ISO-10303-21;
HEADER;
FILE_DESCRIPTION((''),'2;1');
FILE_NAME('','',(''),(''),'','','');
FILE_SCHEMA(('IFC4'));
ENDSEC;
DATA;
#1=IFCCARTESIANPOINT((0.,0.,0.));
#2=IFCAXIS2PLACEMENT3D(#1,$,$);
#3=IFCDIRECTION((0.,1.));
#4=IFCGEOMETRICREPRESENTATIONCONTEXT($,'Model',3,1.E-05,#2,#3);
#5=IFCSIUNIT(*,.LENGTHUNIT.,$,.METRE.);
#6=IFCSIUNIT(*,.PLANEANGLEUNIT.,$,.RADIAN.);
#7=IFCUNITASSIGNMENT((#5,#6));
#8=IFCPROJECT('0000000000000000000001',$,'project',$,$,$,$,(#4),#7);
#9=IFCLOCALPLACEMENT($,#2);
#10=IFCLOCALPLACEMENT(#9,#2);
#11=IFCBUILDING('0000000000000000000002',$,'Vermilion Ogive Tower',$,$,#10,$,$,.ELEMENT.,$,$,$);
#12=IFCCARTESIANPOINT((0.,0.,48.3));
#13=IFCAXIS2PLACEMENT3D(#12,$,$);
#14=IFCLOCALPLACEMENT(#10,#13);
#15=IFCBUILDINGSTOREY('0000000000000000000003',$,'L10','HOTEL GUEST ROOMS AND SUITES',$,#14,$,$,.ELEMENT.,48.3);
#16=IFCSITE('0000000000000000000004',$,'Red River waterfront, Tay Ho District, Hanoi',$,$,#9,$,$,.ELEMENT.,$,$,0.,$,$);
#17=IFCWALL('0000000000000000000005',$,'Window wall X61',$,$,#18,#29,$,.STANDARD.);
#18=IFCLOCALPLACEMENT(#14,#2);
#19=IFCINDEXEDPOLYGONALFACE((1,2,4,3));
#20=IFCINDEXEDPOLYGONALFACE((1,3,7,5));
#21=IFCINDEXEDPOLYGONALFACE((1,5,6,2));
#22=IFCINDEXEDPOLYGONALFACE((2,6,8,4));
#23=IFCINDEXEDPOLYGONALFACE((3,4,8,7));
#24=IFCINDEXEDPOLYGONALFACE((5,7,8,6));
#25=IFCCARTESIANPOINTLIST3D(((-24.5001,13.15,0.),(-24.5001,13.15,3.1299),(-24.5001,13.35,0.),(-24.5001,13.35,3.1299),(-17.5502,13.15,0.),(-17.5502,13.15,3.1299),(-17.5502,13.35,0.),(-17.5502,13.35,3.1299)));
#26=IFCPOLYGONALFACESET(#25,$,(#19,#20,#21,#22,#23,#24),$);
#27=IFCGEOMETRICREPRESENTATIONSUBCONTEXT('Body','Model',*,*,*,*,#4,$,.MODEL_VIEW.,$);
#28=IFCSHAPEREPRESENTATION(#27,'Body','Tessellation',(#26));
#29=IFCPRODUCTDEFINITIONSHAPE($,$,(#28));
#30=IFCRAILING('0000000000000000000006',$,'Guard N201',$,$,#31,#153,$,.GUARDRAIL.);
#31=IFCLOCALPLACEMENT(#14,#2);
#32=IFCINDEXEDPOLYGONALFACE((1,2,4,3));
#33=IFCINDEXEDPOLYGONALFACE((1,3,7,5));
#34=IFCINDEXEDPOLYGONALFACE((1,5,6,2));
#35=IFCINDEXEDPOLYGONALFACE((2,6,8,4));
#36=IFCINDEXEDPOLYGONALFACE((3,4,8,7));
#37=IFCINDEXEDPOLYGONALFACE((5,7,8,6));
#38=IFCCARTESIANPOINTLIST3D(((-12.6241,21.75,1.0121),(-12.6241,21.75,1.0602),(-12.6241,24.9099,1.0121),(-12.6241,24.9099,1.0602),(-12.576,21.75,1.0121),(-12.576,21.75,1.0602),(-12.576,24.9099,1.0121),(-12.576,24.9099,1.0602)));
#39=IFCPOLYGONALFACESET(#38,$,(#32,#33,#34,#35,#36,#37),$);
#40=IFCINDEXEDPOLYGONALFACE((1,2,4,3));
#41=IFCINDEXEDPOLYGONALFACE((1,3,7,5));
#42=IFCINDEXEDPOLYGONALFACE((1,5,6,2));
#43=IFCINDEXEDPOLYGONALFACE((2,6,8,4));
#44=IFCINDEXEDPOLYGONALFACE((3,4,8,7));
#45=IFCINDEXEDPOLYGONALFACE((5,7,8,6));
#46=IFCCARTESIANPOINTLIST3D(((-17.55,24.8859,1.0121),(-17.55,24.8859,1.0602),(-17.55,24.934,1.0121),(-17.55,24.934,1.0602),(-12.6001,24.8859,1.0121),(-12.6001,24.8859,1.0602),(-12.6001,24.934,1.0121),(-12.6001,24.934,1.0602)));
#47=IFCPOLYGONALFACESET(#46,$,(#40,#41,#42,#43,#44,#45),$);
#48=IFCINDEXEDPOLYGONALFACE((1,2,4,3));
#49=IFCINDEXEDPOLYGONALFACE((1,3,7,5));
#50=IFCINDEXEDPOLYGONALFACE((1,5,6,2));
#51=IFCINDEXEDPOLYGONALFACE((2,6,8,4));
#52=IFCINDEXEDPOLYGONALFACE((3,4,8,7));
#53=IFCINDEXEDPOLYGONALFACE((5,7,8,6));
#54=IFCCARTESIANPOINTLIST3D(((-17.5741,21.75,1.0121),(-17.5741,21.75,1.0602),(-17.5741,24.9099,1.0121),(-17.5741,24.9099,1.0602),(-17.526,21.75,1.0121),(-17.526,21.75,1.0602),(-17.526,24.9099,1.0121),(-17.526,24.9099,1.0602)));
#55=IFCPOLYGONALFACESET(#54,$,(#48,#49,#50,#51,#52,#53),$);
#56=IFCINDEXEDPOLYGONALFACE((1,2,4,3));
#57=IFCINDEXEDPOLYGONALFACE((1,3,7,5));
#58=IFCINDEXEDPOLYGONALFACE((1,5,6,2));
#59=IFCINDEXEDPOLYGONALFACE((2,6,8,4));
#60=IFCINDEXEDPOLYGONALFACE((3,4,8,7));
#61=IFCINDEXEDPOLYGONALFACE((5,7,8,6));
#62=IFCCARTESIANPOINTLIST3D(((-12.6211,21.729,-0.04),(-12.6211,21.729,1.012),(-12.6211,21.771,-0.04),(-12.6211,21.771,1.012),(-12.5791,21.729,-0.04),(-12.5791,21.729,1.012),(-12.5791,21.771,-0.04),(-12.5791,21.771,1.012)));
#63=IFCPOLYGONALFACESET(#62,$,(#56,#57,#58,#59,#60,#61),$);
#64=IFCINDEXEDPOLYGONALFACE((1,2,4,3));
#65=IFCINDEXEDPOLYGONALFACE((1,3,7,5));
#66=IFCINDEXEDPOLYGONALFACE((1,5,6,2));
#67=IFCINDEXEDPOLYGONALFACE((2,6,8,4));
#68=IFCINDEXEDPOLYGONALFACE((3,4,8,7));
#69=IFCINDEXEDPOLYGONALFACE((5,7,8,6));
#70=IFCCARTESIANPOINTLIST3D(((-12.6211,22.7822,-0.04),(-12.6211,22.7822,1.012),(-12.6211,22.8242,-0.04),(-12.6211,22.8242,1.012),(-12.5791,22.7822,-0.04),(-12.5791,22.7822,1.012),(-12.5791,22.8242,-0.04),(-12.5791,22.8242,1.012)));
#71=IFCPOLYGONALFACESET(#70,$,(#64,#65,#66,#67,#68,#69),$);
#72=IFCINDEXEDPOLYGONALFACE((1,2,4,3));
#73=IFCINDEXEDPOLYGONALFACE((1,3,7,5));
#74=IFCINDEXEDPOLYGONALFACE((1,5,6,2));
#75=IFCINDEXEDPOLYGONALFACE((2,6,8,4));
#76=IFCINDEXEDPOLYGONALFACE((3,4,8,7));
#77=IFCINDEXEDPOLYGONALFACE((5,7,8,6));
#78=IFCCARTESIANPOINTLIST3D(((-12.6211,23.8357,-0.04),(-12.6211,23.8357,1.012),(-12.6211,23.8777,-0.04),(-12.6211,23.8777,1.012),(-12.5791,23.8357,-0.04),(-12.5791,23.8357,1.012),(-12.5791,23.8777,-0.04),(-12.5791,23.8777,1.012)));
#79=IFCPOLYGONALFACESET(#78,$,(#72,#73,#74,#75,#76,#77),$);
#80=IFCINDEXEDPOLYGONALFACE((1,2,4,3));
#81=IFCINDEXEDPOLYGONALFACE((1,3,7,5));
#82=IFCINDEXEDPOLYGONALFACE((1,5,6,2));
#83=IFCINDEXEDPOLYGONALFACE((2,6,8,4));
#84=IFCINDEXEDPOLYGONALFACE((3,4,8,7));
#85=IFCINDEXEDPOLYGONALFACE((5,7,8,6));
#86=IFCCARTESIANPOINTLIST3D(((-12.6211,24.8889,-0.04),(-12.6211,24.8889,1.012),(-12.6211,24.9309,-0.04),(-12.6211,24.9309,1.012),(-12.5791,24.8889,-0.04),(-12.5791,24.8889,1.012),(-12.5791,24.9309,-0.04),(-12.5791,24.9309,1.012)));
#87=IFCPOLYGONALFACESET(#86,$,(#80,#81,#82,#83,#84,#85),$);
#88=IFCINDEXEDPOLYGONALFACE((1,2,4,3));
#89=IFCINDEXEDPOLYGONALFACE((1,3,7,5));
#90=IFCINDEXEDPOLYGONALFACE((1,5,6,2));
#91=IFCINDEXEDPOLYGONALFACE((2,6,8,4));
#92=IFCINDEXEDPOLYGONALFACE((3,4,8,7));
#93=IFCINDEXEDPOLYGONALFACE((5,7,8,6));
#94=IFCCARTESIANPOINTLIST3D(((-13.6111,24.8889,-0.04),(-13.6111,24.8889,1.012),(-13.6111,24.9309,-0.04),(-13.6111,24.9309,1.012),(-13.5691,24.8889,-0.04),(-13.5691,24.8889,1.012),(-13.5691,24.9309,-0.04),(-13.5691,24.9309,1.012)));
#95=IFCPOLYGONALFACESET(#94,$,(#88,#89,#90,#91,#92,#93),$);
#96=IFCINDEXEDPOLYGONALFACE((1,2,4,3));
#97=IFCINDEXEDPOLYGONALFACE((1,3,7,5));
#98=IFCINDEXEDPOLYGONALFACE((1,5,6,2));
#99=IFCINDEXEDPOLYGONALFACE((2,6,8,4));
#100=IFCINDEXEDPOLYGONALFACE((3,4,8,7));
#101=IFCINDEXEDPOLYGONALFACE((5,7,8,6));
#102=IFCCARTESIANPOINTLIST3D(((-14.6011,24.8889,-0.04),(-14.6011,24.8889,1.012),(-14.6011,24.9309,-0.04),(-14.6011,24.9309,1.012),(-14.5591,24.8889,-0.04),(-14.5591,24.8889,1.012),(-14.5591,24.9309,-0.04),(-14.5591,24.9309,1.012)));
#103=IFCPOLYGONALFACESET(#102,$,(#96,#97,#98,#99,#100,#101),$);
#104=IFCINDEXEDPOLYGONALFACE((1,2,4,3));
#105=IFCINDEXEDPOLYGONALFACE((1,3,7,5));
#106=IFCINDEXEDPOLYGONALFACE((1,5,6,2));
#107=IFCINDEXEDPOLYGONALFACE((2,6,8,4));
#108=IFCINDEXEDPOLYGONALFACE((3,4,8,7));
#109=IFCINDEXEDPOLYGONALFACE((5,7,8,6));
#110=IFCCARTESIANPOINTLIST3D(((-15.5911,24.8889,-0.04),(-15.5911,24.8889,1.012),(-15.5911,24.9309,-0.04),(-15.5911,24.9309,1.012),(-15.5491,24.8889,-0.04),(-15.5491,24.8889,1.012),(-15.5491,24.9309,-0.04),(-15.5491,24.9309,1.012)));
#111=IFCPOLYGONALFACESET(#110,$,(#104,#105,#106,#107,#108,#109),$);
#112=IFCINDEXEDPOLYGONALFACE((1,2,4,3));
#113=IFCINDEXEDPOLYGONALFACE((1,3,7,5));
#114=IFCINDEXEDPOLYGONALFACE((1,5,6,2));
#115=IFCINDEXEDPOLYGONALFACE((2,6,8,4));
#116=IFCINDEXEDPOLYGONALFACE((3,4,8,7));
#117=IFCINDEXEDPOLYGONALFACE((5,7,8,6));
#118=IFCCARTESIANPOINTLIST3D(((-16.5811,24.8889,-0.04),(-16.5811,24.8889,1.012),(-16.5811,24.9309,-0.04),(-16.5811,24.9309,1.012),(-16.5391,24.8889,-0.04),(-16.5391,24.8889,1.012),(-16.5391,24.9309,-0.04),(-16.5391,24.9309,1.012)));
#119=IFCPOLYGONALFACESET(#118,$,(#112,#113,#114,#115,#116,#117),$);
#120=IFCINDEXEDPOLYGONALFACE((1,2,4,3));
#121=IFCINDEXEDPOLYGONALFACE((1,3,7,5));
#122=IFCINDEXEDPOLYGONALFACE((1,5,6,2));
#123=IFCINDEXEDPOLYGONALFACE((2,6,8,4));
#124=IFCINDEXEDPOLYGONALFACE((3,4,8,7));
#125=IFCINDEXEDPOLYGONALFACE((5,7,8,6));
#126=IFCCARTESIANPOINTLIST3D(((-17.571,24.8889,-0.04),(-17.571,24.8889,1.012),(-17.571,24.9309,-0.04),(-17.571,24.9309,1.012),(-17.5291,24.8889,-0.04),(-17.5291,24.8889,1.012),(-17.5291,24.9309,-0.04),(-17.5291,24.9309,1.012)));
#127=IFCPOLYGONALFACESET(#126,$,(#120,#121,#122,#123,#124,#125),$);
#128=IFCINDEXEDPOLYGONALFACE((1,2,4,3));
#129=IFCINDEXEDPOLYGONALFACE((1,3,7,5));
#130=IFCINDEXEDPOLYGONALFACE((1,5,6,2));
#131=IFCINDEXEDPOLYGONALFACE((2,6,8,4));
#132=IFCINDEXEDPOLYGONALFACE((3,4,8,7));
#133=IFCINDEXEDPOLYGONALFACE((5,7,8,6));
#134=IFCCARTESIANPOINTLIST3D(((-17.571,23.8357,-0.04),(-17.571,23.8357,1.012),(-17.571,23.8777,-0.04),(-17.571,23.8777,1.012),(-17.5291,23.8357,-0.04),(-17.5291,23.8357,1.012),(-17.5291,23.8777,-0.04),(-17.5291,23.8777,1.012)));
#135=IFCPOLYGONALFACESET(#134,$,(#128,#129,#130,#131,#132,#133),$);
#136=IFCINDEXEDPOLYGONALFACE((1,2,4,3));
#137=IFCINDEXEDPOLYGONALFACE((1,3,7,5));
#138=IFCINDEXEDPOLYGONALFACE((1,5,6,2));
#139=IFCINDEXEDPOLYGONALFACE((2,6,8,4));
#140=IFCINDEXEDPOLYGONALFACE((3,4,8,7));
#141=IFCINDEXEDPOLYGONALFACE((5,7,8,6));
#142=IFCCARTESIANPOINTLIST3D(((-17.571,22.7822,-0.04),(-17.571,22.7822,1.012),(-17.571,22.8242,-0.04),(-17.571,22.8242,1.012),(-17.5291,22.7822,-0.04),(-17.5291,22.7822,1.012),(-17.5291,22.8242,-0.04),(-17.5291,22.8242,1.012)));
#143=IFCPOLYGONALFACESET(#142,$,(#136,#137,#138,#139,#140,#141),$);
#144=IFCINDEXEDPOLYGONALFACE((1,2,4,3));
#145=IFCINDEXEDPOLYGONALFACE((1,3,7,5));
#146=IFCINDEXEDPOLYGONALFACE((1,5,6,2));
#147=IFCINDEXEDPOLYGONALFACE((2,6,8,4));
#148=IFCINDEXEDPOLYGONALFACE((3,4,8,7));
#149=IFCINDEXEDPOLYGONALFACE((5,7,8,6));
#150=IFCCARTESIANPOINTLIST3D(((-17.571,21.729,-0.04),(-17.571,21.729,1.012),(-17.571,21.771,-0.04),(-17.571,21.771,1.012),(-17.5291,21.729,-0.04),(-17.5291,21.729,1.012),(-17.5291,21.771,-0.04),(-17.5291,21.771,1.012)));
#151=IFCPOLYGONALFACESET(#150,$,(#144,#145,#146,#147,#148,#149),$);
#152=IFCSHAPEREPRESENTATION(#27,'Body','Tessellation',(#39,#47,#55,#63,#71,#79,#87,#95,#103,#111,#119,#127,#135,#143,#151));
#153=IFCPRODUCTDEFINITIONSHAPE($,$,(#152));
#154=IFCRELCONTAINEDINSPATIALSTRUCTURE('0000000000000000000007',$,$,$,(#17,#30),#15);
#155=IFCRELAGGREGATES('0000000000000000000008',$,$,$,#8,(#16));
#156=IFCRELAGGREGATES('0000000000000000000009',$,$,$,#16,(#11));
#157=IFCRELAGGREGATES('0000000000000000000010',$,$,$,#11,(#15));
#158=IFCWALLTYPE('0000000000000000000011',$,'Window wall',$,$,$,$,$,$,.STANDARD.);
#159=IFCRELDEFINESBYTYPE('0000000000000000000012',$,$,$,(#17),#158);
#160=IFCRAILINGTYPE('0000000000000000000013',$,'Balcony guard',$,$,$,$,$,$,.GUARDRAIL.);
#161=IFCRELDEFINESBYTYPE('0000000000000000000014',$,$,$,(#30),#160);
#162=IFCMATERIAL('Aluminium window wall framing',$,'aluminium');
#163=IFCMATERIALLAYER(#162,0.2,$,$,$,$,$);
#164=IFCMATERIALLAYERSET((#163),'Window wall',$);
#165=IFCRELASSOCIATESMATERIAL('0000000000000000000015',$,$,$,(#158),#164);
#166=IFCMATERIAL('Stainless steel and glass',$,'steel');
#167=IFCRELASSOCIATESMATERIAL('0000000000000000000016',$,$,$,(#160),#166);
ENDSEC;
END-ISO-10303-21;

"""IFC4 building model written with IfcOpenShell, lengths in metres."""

from ifc_helpers import new_model, si_unit, direction, frame, frame_2d, origin, origin_2d, place, context, subcontext, project, spatial, rectangle, extrude, material, layer, layer_set, type_object, element, save


model = new_model("IFC4")

# Units and contexts
model_context = context("Model", 3, precision=1e-05, world=origin(), true_north=direction((0.0, 1.0)))
body_context = subcontext(model_context, "Body", "Model", "MODEL_VIEW")
ifc_project = project(units=[si_unit("LENGTHUNIT", "METRE"), si_unit("PLANEANGLEUNIT", "RADIAN")], contexts=[model_context])

# Site, building, storey
site_placement = place(None, origin())
site = spatial("IfcSite", under=ifc_project, at=site_placement, Name="Red River waterfront, Tay Ho District, Hanoi", CompositionType="ELEMENT", RefElevation=0.0)
building_placement = place(site_placement, origin())
building = spatial("IfcBuilding", under=site, at=building_placement, Name="Vermilion Ogive Tower", CompositionType="ELEMENT")
storey_placement = place(building_placement, frame((0.0, 0.0, 48.3)))
storey = spatial("IfcBuildingStorey", under=building, at=storey_placement, Name="L10", Description="HOTEL GUEST ROOMS AND SUITES", CompositionType="ELEMENT", Elevation=48.3)

# Shared definitions
ifc_material_1 = material(Name="Aluminium window wall framing", Category="aluminium")
ifc_layer_1 = layer(ifc_material_1, 0.2)
ifc_layer_set_1 = layer_set([ifc_layer_1], Name="Window wall")
wall_type_1 = type_object("IfcWallType", Name="Window wall", PredefinedType="STANDARD", material=ifc_layer_set_1)

# Wall
wall_1_placement = place(storey_placement, frame((-17.55, 13.25, 0.0), z_axis=(0.0, 0.0, 1.0), x_axis=(-1.0, 0.0, 0.0)))
element("IfcWall", 1, at=wall_1_placement, inside=storey, type_object=wall_type_1, Name="Window wall X61", PredefinedType="STANDARD", context=body_context, shape_type="SweptSolid", body=[
    extrude(rectangle(XDim=6.95, YDim=0.2, at=frame_2d((3.4751, 0.0))), origin(), (0.0, 0.0, 1.0), 3.1299),
])

# Railing
ifc_material_2 = material(Name="Stainless steel and glass", Category="steel")
railing_type = type_object("IfcRailingType", Name="Balcony guard", PredefinedType="GUARDRAIL", material=ifc_material_2)
railing_placement = place(storey_placement, frame((-12.6001, 21.75, -0.04)))
element("IfcRailing", 2, at=railing_placement, inside=storey, type_object=railing_type, Name="Guard N201", PredefinedType="GUARDRAIL", context=body_context, shape_type="SweptSolid", body=[
    extrude(rectangle(XDim=0.0481, YDim=0.0481, at=origin_2d()), frame((0.0, 0.0, 1.0762), z_axis=(0.0, 1.0, 0.0), x_axis=(-1.0, 0.0, 0.0)), (0.0, 0.0, 1.0), 3.1599),
    extrude(rectangle(XDim=0.0481, YDim=0.0481, at=origin_2d()), frame((0.0, 3.1599, 1.0762), z_axis=(-1.0, 0.0, 0.0), x_axis=(0.0, -1.0, 0.0)), (0.0, 0.0, 1.0), 4.95),
    extrude(rectangle(XDim=0.0481, YDim=0.0481, at=origin_2d()), frame((-4.95, 3.1599, 1.0762), z_axis=(0.0, -1.0, 0.0), x_axis=(1.0, 0.0, 0.0)), (0.0, 0.0, 1.0), 3.1599),
    extrude(rectangle(XDim=0.042, YDim=0.042, at=origin_2d()), origin(), (0.0, 0.0, 1.0), 1.052),
    extrude(rectangle(XDim=0.042, YDim=0.042, at=origin_2d()), frame((0.0, 1.0532, 0.0)), (0.0, 0.0, 1.0), 1.052),
    extrude(rectangle(XDim=0.042, YDim=0.042, at=origin_2d()), frame((0.0, 2.1067, 0.0)), (0.0, 0.0, 1.0), 1.052),
    extrude(rectangle(XDim=0.042, YDim=0.042, at=origin_2d()), frame((0.0, 3.1599, 0.0)), (0.0, 0.0, 1.0), 1.052),
    extrude(rectangle(XDim=0.042, YDim=0.042, at=origin_2d()), frame((-0.99, 3.1599, 0.0)), (0.0, 0.0, 1.0), 1.052),
    extrude(rectangle(XDim=0.042, YDim=0.042, at=origin_2d()), frame((-1.98, 3.1599, 0.0)), (0.0, 0.0, 1.0), 1.052),
    extrude(rectangle(XDim=0.042, YDim=0.042, at=origin_2d()), frame((-2.97, 3.1599, 0.0)), (0.0, 0.0, 1.0), 1.052),
    extrude(rectangle(XDim=0.042, YDim=0.042, at=origin_2d()), frame((-3.96, 3.1599, 0.0)), (0.0, 0.0, 1.0), 1.052),
    extrude(rectangle(XDim=0.042, YDim=0.042, at=origin_2d()), frame((-4.95, 3.1599, 0.0)), (0.0, 0.0, 1.0), 1.052),
    extrude(rectangle(XDim=0.042, YDim=0.042, at=origin_2d()), frame((-4.95, 2.1067, 0.0)), (0.0, 0.0, 1.0), 1.052),
    extrude(rectangle(XDim=0.042, YDim=0.042, at=origin_2d()), frame((-4.95, 1.0532, 0.0)), (0.0, 0.0, 1.0), 1.052),
    extrude(rectangle(XDim=0.042, YDim=0.042, at=origin_2d()), frame((-4.95, 0.0, 0.0)), (0.0, 0.0, 1.0), 1.052),
])

save(model, "model.ifc")
